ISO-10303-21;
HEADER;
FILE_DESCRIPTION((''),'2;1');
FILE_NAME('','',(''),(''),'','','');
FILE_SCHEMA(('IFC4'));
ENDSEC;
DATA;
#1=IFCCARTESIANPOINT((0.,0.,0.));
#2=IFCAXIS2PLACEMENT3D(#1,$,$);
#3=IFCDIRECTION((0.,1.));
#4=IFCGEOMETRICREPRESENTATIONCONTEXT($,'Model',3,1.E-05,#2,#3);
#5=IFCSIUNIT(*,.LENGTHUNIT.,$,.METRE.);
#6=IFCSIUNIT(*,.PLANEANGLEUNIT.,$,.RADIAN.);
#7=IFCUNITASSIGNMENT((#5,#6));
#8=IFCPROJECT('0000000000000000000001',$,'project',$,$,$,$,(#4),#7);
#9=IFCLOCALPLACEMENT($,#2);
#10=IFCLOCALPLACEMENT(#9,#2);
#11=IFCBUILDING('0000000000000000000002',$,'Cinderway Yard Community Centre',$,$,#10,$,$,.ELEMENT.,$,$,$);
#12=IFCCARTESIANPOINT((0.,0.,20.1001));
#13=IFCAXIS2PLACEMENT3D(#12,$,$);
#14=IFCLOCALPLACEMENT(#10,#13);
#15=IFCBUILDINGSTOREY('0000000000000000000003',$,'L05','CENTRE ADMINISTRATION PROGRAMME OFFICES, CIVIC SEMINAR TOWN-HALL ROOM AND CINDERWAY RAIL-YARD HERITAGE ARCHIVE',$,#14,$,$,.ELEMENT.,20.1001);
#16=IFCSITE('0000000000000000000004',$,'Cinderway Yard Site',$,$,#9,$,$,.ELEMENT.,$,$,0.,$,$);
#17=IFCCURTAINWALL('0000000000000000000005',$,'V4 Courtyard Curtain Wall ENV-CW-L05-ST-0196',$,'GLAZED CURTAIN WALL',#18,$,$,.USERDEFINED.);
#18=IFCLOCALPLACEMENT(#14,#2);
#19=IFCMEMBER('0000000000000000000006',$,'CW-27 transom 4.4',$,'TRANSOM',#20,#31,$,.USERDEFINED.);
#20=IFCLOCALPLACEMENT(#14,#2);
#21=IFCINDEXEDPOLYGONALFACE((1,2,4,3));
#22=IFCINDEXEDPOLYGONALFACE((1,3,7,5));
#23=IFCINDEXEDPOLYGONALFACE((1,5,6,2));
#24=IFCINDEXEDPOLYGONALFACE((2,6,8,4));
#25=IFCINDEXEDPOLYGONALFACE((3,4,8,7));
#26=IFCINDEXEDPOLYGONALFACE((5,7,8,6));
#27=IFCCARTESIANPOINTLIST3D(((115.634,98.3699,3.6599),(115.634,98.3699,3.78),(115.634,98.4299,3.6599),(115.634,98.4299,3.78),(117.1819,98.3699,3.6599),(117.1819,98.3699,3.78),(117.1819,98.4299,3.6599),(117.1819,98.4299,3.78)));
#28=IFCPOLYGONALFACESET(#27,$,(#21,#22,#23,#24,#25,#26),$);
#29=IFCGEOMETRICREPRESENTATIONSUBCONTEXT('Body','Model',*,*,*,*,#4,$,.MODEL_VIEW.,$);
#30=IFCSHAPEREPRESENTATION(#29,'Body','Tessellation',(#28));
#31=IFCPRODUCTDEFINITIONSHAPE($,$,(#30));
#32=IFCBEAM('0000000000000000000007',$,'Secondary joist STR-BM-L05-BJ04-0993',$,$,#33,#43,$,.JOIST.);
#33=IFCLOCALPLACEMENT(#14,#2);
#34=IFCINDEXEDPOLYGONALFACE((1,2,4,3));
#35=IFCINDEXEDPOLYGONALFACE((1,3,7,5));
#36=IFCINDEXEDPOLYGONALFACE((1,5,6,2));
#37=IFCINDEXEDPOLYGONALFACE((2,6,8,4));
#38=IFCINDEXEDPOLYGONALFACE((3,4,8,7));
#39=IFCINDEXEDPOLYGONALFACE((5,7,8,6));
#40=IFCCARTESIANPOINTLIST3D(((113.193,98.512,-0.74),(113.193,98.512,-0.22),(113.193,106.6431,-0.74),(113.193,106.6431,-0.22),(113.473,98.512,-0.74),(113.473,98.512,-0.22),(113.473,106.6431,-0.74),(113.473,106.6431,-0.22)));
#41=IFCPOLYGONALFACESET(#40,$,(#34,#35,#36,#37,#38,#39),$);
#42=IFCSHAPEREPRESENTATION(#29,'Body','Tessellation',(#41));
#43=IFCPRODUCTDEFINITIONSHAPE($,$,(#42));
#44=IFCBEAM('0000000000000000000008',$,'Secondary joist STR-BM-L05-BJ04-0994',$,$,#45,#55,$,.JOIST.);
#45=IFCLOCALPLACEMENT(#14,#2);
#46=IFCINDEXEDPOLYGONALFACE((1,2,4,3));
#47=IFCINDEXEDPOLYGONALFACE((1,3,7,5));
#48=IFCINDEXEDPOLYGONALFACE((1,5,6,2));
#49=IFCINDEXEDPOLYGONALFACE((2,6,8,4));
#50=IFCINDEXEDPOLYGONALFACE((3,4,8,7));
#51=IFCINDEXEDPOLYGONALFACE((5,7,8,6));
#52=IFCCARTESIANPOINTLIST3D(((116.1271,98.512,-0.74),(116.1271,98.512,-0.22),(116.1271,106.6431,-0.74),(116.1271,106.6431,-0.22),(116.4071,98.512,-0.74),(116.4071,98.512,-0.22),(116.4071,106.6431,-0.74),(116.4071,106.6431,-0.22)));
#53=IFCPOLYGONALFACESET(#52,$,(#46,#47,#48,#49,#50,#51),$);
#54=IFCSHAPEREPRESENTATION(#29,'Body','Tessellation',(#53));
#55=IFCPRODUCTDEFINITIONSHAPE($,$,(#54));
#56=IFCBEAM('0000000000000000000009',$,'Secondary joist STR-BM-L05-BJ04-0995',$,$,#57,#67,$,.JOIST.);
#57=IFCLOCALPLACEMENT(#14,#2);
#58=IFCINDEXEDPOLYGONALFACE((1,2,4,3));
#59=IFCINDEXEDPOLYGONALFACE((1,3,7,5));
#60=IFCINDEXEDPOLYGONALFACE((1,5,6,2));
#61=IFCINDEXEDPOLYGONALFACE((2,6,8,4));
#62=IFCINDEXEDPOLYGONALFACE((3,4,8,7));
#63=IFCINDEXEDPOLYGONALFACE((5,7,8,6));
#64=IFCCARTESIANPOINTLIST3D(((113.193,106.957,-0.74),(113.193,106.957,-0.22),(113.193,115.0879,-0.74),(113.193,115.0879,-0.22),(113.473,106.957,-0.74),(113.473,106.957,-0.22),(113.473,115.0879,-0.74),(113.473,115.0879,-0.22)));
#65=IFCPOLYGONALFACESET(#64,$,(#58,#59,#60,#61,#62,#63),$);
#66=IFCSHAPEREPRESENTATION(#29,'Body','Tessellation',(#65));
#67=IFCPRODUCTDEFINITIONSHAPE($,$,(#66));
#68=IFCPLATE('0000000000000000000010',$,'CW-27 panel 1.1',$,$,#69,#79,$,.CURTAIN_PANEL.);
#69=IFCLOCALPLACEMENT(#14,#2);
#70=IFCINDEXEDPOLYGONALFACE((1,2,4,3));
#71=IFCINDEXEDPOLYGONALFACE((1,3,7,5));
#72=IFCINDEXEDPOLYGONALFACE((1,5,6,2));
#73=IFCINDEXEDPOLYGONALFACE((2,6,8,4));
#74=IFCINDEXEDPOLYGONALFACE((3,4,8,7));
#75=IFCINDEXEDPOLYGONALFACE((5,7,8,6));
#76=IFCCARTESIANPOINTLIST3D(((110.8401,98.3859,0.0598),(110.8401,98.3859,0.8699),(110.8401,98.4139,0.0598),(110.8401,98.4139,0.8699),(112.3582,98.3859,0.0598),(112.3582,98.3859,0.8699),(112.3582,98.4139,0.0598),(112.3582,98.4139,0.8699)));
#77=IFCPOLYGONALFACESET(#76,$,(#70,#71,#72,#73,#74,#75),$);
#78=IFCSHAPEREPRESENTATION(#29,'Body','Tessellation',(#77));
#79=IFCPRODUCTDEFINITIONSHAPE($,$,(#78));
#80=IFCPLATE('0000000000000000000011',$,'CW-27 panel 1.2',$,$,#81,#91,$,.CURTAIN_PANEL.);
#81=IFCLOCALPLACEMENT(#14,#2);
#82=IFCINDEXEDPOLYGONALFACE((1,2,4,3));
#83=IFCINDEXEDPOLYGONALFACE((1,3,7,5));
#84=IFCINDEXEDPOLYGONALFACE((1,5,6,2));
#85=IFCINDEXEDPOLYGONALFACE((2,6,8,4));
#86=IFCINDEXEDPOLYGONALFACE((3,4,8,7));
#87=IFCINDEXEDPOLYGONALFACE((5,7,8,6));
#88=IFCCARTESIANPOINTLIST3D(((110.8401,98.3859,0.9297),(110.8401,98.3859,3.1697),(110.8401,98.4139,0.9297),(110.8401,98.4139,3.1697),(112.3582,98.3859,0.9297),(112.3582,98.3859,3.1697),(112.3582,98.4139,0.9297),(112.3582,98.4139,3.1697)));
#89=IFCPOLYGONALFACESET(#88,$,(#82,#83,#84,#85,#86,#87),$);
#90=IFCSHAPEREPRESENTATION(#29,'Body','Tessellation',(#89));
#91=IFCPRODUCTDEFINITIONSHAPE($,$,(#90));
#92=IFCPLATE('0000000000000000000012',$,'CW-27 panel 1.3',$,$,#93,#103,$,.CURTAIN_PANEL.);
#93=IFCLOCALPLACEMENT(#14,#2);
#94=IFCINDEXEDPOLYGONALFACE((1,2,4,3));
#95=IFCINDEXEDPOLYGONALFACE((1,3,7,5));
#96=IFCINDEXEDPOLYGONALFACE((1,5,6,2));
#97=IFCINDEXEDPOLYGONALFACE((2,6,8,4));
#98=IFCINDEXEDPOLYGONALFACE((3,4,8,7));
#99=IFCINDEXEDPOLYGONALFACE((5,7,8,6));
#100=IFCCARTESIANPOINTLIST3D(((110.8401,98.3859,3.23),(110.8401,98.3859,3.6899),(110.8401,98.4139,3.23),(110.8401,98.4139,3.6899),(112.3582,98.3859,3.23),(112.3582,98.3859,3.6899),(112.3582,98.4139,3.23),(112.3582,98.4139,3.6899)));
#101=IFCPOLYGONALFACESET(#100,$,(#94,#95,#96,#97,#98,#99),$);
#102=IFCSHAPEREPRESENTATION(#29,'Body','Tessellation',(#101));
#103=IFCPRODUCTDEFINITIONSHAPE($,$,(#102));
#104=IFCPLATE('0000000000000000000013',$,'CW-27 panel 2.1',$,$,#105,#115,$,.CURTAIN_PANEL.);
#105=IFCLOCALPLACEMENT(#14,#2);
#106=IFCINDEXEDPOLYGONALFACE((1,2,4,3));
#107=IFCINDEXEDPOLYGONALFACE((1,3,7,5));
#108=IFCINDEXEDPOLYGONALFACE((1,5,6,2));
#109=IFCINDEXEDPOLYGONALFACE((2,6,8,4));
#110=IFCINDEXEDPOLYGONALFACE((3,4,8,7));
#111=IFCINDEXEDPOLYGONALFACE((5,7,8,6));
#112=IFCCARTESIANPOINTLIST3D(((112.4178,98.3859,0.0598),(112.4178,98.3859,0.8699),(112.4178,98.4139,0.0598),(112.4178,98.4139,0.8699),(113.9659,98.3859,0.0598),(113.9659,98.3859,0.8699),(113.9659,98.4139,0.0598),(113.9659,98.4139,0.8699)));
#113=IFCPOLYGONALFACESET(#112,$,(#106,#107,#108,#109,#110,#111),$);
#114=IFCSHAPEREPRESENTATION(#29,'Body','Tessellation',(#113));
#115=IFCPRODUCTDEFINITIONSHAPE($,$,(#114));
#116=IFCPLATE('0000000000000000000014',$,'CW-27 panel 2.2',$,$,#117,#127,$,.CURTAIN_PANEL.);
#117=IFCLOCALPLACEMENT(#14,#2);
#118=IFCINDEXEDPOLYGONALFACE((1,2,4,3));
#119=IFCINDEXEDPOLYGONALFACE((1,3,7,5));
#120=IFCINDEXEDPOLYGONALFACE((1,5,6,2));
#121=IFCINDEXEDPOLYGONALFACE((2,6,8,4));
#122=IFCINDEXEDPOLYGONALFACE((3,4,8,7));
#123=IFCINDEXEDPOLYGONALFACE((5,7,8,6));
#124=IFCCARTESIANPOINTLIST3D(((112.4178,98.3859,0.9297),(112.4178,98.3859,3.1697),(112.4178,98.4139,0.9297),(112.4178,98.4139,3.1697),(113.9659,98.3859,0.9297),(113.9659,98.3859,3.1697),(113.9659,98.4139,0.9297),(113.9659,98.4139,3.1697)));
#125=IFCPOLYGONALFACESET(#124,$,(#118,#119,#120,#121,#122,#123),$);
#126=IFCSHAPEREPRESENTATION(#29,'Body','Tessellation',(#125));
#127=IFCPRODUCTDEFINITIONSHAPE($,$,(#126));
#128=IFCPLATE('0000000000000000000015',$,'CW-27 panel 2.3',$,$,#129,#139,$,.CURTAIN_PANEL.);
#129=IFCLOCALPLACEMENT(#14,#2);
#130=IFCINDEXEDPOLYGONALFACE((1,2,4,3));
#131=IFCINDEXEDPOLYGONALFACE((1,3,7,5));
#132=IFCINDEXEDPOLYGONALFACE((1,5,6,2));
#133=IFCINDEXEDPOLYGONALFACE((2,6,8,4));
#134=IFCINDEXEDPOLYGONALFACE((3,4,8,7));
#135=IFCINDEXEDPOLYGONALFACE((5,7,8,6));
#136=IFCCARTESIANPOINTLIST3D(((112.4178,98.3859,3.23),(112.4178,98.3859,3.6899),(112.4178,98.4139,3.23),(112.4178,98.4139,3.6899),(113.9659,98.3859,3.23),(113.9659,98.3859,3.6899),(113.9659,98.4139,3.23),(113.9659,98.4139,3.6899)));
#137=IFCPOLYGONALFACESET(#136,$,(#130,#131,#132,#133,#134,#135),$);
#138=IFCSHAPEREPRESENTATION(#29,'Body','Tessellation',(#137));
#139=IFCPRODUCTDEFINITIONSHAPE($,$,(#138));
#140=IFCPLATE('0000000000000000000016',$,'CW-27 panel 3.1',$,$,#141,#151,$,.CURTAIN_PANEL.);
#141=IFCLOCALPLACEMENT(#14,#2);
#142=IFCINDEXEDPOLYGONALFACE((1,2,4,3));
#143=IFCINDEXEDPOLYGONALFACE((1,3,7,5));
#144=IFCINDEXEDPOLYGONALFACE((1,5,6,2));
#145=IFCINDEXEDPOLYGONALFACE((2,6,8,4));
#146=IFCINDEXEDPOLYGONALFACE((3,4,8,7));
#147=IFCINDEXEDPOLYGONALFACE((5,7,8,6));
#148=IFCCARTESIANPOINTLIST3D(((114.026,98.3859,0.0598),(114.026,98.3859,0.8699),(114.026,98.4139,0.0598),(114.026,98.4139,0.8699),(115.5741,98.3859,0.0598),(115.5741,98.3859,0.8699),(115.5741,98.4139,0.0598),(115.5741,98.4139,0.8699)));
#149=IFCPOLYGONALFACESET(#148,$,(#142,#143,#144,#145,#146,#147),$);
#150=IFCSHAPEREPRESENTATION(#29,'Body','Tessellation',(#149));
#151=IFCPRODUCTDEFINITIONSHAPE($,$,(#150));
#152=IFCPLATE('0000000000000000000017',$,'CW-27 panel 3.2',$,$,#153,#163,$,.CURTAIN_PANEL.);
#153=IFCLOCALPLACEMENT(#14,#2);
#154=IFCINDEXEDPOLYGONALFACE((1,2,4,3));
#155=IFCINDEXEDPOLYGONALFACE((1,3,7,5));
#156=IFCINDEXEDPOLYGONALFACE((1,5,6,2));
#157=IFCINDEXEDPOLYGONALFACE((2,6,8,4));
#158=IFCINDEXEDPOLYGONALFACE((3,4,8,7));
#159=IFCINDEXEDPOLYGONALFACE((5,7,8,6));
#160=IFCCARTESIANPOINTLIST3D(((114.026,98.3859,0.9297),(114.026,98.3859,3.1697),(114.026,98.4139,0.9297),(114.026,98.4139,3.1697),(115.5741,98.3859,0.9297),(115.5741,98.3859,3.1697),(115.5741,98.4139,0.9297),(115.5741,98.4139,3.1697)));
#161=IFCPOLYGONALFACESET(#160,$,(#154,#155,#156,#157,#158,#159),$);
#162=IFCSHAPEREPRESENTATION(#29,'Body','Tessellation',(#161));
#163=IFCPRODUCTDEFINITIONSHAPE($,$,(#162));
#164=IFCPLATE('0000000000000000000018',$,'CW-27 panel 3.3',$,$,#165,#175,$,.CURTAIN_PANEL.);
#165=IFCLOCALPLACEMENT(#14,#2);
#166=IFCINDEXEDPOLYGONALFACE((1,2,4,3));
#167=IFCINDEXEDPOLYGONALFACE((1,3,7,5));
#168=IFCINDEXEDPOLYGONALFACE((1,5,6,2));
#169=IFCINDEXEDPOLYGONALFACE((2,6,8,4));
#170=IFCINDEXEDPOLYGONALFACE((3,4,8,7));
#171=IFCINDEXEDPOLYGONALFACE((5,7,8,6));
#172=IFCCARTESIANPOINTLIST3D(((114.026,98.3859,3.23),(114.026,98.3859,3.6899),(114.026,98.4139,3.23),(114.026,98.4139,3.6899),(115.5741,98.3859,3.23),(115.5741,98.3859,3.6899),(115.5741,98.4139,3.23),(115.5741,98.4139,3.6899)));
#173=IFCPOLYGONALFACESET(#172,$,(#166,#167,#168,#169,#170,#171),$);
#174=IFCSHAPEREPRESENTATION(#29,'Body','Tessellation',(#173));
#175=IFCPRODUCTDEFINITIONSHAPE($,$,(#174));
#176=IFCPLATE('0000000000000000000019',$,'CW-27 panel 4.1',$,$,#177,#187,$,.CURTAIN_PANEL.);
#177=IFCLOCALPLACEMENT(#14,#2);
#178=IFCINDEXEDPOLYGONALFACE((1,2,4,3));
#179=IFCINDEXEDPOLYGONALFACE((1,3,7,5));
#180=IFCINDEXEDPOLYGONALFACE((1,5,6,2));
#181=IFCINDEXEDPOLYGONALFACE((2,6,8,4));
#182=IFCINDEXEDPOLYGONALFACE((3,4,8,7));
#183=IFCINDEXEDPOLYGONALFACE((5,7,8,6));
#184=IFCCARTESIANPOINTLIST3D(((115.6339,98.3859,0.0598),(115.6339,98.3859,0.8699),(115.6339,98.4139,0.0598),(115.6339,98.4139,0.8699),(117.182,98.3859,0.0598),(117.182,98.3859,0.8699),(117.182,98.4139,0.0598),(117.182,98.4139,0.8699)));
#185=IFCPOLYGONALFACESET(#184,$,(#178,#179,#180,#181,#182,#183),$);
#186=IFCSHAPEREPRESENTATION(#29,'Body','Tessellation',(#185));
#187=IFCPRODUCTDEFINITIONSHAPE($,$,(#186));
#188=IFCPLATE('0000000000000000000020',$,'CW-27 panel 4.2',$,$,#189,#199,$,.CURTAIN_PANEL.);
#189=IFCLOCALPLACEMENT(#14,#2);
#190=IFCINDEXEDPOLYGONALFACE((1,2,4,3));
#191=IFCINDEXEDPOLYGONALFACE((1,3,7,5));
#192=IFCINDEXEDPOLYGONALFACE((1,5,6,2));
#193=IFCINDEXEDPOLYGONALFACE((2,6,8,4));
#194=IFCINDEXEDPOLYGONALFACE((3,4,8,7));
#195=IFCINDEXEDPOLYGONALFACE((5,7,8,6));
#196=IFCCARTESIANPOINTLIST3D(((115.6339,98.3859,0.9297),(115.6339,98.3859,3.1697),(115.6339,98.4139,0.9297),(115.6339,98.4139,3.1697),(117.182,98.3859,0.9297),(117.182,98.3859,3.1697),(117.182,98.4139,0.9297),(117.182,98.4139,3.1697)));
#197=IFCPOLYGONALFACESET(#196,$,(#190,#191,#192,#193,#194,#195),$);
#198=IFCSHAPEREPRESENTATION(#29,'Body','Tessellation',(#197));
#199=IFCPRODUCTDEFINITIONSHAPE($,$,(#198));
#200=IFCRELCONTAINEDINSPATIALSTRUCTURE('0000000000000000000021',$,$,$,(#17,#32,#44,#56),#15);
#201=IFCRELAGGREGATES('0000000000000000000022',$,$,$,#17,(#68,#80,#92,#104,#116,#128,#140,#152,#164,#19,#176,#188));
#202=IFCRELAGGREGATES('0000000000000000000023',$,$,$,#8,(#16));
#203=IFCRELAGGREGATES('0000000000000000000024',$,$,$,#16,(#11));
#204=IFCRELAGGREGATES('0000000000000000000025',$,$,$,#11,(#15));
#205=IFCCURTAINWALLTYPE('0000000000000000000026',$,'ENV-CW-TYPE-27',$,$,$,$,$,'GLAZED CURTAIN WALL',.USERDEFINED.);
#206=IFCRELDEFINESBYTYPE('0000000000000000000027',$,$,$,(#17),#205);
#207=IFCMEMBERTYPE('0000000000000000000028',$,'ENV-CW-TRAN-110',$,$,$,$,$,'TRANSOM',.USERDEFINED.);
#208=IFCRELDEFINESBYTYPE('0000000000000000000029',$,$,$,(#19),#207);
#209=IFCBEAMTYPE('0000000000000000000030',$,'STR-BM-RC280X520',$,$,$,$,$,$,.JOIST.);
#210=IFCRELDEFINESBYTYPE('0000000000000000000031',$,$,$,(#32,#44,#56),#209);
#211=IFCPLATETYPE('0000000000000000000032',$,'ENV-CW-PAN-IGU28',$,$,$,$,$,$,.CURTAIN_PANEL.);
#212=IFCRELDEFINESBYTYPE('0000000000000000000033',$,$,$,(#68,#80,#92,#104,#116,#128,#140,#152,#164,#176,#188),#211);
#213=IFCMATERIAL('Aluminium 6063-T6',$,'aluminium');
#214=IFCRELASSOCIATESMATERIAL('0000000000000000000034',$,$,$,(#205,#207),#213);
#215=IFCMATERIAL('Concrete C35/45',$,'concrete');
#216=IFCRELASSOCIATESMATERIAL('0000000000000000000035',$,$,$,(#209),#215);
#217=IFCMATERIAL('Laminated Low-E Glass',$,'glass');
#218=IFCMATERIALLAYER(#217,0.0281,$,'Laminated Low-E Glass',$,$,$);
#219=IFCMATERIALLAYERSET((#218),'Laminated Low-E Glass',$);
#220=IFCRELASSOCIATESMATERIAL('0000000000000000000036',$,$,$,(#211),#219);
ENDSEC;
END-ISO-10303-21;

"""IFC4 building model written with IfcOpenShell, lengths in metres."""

from ifc_helpers import new_model, si_unit, direction, frame, origin, origin_2d, place, context, subcontext, project, spatial, rectangle, extrude, material, layer, layer_set, material_profile, profile_set, type_object, element, aggregate, save


model = new_model("IFC4")

# Units and contexts
model_context = context("Model", 3, precision=1e-05, world=origin(), true_north=direction((0.0, 1.0)))
body_context = subcontext(model_context, "Body", "Model", "MODEL_VIEW")
ifc_project = project(units=[si_unit("LENGTHUNIT", "METRE"), si_unit("PLANEANGLEUNIT", "RADIAN")], contexts=[model_context])

# Site, building, storey
site_placement = place(None, origin())
site = spatial("IfcSite", under=ifc_project, at=site_placement, Name="Cinderway Yard Site", CompositionType="ELEMENT", RefElevation=0.0)
building_placement = place(site_placement, origin())
building = spatial("IfcBuilding", under=site, at=building_placement, Name="Cinderway Yard Community Centre", CompositionType="ELEMENT")
storey_placement = place(building_placement, frame((0.0, 0.0, 20.1001)))
storey = spatial("IfcBuildingStorey", under=building, at=storey_placement, Name="L05", Description="CENTRE ADMINISTRATION PROGRAMME OFFICES, CIVIC SEMINAR TOWN-HALL ROOM AND CINDERWAY RAIL-YARD HERITAGE ARCHIVE", CompositionType="ELEMENT", Elevation=20.1001)

# Curtain wall, member
ifc_material_1 = material(Name="Aluminium 6063-T6", Category="aluminium")
curtain_wall_type = type_object("IfcCurtainWallType", Name="ENV-CW-TYPE-27", ElementType="GLAZED CURTAIN WALL", PredefinedType="USERDEFINED", material=ifc_material_1)
curtain_wall_placement = place(storey_placement, origin())
curtain_wall = element("IfcCurtainWall", 1, at=curtain_wall_placement, inside=storey, type_object=curtain_wall_type, Name="V4 Courtyard Curtain Wall ENV-CW-L05-ST-0196", ObjectType="GLAZED CURTAIN WALL", PredefinedType="USERDEFINED")
ifc_material_profile_1 = material_profile(ifc_material_1, rectangle(XDim=0.0601, YDim=0.1201, at=origin_2d()), Name="Aluminium 6063-T6")
ifc_profile_set_1 = profile_set([ifc_material_profile_1], Name="Aluminium 6063-T6")
member_type_1 = type_object("IfcMemberType", Name="ENV-CW-TRAN-110", ElementType="TRANSOM", PredefinedType="USERDEFINED", material=ifc_profile_set_1)
member_1_placement = place(storey_placement, frame((115.634, 98.3999, 3.72), z_axis=(1.0, 0.0, 0.0), x_axis=(0.0, 1.0, 0.0)))
member_1 = element("IfcMember", 2, at=member_1_placement, type_object=member_type_1, Name="CW-27 transom 4.4", ObjectType="TRANSOM", PredefinedType="USERDEFINED", context=body_context, shape_type="SweptSolid", body=[
    extrude(rectangle(XDim=0.0601, YDim=0.1201, at=origin_2d()), origin(), (0.0, 0.0, 1.0), 1.5479),
])

# Beams
ifc_material_2 = material(Name="Concrete C35/45", Category="concrete")
ifc_material_profile_2 = material_profile(ifc_material_2, rectangle(XDim=0.28, YDim=0.52, at=origin_2d()), Name="Concrete C35/45")
ifc_profile_set_2 = profile_set([ifc_material_profile_2], Name="Concrete C35/45")
beam_type = type_object("IfcBeamType", Name="STR-BM-RC280X520", PredefinedType="JOIST", material=ifc_profile_set_2)
for number, where, z_axis, x_axis, name in (
    (3, (113.333, 98.512, -0.48), (0.0, 1.0, 0.0), (-1.0, 0.0, 0.0), "Secondary joist STR-BM-L05-BJ04-0993"),
    (4, (116.2671, 98.512, -0.48), (0.0, 1.0, 0.0), (-1.0, 0.0, 0.0), "Secondary joist STR-BM-L05-BJ04-0994"),
):
    element("IfcBeam", number, at=place(storey_placement, frame(where, z_axis=z_axis, x_axis=x_axis)), inside=storey, type_object=beam_type, Name=name, PredefinedType="JOIST", context=body_context, shape_type="SweptSolid", body=[
        extrude(rectangle(XDim=0.28, YDim=0.52, at=origin_2d()), origin(), (0.0, 0.0, 1.0), 8.1311),
    ])
beam_placement = place(storey_placement, frame((113.333, 106.957, -0.48), z_axis=(0.0, 1.0, 0.0), x_axis=(-1.0, 0.0, 0.0)))
element("IfcBeam", 5, at=beam_placement, inside=storey, type_object=beam_type, Name="Secondary joist STR-BM-L05-BJ04-0995", PredefinedType="JOIST", context=body_context, shape_type="SweptSolid", body=[
    extrude(rectangle(XDim=0.28, YDim=0.52, at=origin_2d()), origin(), (0.0, 0.0, 1.0), 8.1309),
])

# Plates
ifc_material_3 = material(Name="Laminated Low-E Glass", Category="glass")
ifc_layer_1 = layer(ifc_material_3, 0.0281, Name="Laminated Low-E Glass")
ifc_layer_set_1 = layer_set([ifc_layer_1], Name="Laminated Low-E Glass")
plate_type = type_object("IfcPlateType", Name="ENV-CW-PAN-IGU28", PredefinedType="CURTAIN_PANEL", material=ifc_layer_set_1)
plate_1_placement = place(storey_placement, frame((111.5991, 98.3999, 0.0598), z_axis=(0.0, 0.0, 1.0), x_axis=(1.0, 0.0, 0.0)))
plate_1 = element("IfcPlate", 6, at=plate_1_placement, type_object=plate_type, Name="CW-27 panel 1.1", PredefinedType="CURTAIN_PANEL", context=body_context, shape_type="SweptSolid", body=[
    extrude(rectangle(XDim=1.5181, YDim=0.0281, at=origin_2d()), origin(), (0.0, 0.0, 1.0), 0.8101),
])
plate_2_placement = place(storey_placement, frame((111.5991, 98.3999, 0.9297), z_axis=(0.0, 0.0, 1.0), x_axis=(1.0, 0.0, 0.0)))
plate_2 = element("IfcPlate", 7, at=plate_2_placement, type_object=plate_type, Name="CW-27 panel 1.2", PredefinedType="CURTAIN_PANEL", context=body_context, shape_type="SweptSolid", body=[
    extrude(rectangle(XDim=1.5181, YDim=0.0281, at=origin_2d()), origin(), (0.0, 0.0, 1.0), 2.24),
])
plate_3_placement = place(storey_placement, frame((111.5991, 98.3999, 3.23), z_axis=(0.0, 0.0, 1.0), x_axis=(1.0, 0.0, 0.0)))
plate_3 = element("IfcPlate", 8, at=plate_3_placement, type_object=plate_type, Name="CW-27 panel 1.3", PredefinedType="CURTAIN_PANEL", context=body_context, shape_type="SweptSolid", body=[
    extrude(rectangle(XDim=1.5181, YDim=0.0281, at=origin_2d()), origin(), (0.0, 0.0, 1.0), 0.46),
])
plate_4_placement = place(storey_placement, frame((113.1919, 98.3999, 0.0598), z_axis=(0.0, 0.0, 1.0), x_axis=(1.0, 0.0, 0.0)))
plate_4 = element("IfcPlate", 9, at=plate_4_placement, type_object=plate_type, Name="CW-27 panel 2.1", PredefinedType="CURTAIN_PANEL", context=body_context, shape_type="SweptSolid", body=[
    extrude(rectangle(XDim=1.5481, YDim=0.0281, at=origin_2d()), origin(), (0.0, 0.0, 1.0), 0.8101),
])
plate_5_placement = place(storey_placement, frame((113.1919, 98.3999, 0.9297), z_axis=(0.0, 0.0, 1.0), x_axis=(1.0, 0.0, 0.0)))
plate_5 = element("IfcPlate", 10, at=plate_5_placement, type_object=plate_type, Name="CW-27 panel 2.2", PredefinedType="CURTAIN_PANEL", context=body_context, shape_type="SweptSolid", body=[
    extrude(rectangle(XDim=1.5481, YDim=0.0281, at=origin_2d()), origin(), (0.0, 0.0, 1.0), 2.24),
])
plate_6_placement = place(storey_placement, frame((113.1919, 98.3999, 3.23), z_axis=(0.0, 0.0, 1.0), x_axis=(1.0, 0.0, 0.0)))
plate_6 = element("IfcPlate", 11, at=plate_6_placement, type_object=plate_type, Name="CW-27 panel 2.3", PredefinedType="CURTAIN_PANEL", context=body_context, shape_type="SweptSolid", body=[
    extrude(rectangle(XDim=1.5481, YDim=0.0281, at=origin_2d()), origin(), (0.0, 0.0, 1.0), 0.46),
])
plate_7_placement = place(storey_placement, frame((114.8, 98.3999, 0.0598), z_axis=(0.0, 0.0, 1.0), x_axis=(1.0, 0.0, 0.0)))
plate_7 = element("IfcPlate", 12, at=plate_7_placement, type_object=plate_type, Name="CW-27 panel 3.1", PredefinedType="CURTAIN_PANEL", context=body_context, shape_type="SweptSolid", body=[
    extrude(rectangle(XDim=1.5481, YDim=0.0281, at=origin_2d()), origin(), (0.0, 0.0, 1.0), 0.8101),
])
plate_8_placement = place(storey_placement, frame((114.8, 98.3999, 0.9297), z_axis=(0.0, 0.0, 1.0), x_axis=(1.0, 0.0, 0.0)))
plate_8 = element("IfcPlate", 13, at=plate_8_placement, type_object=plate_type, Name="CW-27 panel 3.2", PredefinedType="CURTAIN_PANEL", context=body_context, shape_type="SweptSolid", body=[
    extrude(rectangle(XDim=1.5481, YDim=0.0281, at=origin_2d()), origin(), (0.0, 0.0, 1.0), 2.24),
])
plate_9_placement = place(storey_placement, frame((114.8, 98.3999, 3.23), z_axis=(0.0, 0.0, 1.0), x_axis=(1.0, 0.0, 0.0)))
plate_9 = element("IfcPlate", 14, at=plate_9_placement, type_object=plate_type, Name="CW-27 panel 3.3", PredefinedType="CURTAIN_PANEL", context=body_context, shape_type="SweptSolid", body=[
    extrude(rectangle(XDim=1.5481, YDim=0.0281, at=origin_2d()), origin(), (0.0, 0.0, 1.0), 0.46),
])
plate_10_placement = place(storey_placement, frame((116.408, 98.3999, 0.0598), z_axis=(0.0, 0.0, 1.0), x_axis=(1.0, 0.0, 0.0)))
plate_10 = element("IfcPlate", 15, at=plate_10_placement, type_object=plate_type, Name="CW-27 panel 4.1", PredefinedType="CURTAIN_PANEL", context=body_context, shape_type="SweptSolid", body=[
    extrude(rectangle(XDim=1.5481, YDim=0.0281, at=origin_2d()), origin(), (0.0, 0.0, 1.0), 0.8101),
])
plate_11_placement = place(storey_placement, frame((116.408, 98.3999, 0.9297), z_axis=(0.0, 0.0, 1.0), x_axis=(1.0, 0.0, 0.0)))
plate_11 = element("IfcPlate", 16, at=plate_11_placement, type_object=plate_type, Name="CW-27 panel 4.2", PredefinedType="CURTAIN_PANEL", context=body_context, shape_type="SweptSolid", body=[
    extrude(rectangle(XDim=1.5481, YDim=0.0281, at=origin_2d()), origin(), (0.0, 0.0, 1.0), 2.24),
])
aggregate(curtain_wall, [plate_1, plate_2, plate_3, plate_4, plate_5, plate_6, plate_7, plate_8, plate_9, member_1, plate_10, plate_11])

save(model, "model.ifc")
